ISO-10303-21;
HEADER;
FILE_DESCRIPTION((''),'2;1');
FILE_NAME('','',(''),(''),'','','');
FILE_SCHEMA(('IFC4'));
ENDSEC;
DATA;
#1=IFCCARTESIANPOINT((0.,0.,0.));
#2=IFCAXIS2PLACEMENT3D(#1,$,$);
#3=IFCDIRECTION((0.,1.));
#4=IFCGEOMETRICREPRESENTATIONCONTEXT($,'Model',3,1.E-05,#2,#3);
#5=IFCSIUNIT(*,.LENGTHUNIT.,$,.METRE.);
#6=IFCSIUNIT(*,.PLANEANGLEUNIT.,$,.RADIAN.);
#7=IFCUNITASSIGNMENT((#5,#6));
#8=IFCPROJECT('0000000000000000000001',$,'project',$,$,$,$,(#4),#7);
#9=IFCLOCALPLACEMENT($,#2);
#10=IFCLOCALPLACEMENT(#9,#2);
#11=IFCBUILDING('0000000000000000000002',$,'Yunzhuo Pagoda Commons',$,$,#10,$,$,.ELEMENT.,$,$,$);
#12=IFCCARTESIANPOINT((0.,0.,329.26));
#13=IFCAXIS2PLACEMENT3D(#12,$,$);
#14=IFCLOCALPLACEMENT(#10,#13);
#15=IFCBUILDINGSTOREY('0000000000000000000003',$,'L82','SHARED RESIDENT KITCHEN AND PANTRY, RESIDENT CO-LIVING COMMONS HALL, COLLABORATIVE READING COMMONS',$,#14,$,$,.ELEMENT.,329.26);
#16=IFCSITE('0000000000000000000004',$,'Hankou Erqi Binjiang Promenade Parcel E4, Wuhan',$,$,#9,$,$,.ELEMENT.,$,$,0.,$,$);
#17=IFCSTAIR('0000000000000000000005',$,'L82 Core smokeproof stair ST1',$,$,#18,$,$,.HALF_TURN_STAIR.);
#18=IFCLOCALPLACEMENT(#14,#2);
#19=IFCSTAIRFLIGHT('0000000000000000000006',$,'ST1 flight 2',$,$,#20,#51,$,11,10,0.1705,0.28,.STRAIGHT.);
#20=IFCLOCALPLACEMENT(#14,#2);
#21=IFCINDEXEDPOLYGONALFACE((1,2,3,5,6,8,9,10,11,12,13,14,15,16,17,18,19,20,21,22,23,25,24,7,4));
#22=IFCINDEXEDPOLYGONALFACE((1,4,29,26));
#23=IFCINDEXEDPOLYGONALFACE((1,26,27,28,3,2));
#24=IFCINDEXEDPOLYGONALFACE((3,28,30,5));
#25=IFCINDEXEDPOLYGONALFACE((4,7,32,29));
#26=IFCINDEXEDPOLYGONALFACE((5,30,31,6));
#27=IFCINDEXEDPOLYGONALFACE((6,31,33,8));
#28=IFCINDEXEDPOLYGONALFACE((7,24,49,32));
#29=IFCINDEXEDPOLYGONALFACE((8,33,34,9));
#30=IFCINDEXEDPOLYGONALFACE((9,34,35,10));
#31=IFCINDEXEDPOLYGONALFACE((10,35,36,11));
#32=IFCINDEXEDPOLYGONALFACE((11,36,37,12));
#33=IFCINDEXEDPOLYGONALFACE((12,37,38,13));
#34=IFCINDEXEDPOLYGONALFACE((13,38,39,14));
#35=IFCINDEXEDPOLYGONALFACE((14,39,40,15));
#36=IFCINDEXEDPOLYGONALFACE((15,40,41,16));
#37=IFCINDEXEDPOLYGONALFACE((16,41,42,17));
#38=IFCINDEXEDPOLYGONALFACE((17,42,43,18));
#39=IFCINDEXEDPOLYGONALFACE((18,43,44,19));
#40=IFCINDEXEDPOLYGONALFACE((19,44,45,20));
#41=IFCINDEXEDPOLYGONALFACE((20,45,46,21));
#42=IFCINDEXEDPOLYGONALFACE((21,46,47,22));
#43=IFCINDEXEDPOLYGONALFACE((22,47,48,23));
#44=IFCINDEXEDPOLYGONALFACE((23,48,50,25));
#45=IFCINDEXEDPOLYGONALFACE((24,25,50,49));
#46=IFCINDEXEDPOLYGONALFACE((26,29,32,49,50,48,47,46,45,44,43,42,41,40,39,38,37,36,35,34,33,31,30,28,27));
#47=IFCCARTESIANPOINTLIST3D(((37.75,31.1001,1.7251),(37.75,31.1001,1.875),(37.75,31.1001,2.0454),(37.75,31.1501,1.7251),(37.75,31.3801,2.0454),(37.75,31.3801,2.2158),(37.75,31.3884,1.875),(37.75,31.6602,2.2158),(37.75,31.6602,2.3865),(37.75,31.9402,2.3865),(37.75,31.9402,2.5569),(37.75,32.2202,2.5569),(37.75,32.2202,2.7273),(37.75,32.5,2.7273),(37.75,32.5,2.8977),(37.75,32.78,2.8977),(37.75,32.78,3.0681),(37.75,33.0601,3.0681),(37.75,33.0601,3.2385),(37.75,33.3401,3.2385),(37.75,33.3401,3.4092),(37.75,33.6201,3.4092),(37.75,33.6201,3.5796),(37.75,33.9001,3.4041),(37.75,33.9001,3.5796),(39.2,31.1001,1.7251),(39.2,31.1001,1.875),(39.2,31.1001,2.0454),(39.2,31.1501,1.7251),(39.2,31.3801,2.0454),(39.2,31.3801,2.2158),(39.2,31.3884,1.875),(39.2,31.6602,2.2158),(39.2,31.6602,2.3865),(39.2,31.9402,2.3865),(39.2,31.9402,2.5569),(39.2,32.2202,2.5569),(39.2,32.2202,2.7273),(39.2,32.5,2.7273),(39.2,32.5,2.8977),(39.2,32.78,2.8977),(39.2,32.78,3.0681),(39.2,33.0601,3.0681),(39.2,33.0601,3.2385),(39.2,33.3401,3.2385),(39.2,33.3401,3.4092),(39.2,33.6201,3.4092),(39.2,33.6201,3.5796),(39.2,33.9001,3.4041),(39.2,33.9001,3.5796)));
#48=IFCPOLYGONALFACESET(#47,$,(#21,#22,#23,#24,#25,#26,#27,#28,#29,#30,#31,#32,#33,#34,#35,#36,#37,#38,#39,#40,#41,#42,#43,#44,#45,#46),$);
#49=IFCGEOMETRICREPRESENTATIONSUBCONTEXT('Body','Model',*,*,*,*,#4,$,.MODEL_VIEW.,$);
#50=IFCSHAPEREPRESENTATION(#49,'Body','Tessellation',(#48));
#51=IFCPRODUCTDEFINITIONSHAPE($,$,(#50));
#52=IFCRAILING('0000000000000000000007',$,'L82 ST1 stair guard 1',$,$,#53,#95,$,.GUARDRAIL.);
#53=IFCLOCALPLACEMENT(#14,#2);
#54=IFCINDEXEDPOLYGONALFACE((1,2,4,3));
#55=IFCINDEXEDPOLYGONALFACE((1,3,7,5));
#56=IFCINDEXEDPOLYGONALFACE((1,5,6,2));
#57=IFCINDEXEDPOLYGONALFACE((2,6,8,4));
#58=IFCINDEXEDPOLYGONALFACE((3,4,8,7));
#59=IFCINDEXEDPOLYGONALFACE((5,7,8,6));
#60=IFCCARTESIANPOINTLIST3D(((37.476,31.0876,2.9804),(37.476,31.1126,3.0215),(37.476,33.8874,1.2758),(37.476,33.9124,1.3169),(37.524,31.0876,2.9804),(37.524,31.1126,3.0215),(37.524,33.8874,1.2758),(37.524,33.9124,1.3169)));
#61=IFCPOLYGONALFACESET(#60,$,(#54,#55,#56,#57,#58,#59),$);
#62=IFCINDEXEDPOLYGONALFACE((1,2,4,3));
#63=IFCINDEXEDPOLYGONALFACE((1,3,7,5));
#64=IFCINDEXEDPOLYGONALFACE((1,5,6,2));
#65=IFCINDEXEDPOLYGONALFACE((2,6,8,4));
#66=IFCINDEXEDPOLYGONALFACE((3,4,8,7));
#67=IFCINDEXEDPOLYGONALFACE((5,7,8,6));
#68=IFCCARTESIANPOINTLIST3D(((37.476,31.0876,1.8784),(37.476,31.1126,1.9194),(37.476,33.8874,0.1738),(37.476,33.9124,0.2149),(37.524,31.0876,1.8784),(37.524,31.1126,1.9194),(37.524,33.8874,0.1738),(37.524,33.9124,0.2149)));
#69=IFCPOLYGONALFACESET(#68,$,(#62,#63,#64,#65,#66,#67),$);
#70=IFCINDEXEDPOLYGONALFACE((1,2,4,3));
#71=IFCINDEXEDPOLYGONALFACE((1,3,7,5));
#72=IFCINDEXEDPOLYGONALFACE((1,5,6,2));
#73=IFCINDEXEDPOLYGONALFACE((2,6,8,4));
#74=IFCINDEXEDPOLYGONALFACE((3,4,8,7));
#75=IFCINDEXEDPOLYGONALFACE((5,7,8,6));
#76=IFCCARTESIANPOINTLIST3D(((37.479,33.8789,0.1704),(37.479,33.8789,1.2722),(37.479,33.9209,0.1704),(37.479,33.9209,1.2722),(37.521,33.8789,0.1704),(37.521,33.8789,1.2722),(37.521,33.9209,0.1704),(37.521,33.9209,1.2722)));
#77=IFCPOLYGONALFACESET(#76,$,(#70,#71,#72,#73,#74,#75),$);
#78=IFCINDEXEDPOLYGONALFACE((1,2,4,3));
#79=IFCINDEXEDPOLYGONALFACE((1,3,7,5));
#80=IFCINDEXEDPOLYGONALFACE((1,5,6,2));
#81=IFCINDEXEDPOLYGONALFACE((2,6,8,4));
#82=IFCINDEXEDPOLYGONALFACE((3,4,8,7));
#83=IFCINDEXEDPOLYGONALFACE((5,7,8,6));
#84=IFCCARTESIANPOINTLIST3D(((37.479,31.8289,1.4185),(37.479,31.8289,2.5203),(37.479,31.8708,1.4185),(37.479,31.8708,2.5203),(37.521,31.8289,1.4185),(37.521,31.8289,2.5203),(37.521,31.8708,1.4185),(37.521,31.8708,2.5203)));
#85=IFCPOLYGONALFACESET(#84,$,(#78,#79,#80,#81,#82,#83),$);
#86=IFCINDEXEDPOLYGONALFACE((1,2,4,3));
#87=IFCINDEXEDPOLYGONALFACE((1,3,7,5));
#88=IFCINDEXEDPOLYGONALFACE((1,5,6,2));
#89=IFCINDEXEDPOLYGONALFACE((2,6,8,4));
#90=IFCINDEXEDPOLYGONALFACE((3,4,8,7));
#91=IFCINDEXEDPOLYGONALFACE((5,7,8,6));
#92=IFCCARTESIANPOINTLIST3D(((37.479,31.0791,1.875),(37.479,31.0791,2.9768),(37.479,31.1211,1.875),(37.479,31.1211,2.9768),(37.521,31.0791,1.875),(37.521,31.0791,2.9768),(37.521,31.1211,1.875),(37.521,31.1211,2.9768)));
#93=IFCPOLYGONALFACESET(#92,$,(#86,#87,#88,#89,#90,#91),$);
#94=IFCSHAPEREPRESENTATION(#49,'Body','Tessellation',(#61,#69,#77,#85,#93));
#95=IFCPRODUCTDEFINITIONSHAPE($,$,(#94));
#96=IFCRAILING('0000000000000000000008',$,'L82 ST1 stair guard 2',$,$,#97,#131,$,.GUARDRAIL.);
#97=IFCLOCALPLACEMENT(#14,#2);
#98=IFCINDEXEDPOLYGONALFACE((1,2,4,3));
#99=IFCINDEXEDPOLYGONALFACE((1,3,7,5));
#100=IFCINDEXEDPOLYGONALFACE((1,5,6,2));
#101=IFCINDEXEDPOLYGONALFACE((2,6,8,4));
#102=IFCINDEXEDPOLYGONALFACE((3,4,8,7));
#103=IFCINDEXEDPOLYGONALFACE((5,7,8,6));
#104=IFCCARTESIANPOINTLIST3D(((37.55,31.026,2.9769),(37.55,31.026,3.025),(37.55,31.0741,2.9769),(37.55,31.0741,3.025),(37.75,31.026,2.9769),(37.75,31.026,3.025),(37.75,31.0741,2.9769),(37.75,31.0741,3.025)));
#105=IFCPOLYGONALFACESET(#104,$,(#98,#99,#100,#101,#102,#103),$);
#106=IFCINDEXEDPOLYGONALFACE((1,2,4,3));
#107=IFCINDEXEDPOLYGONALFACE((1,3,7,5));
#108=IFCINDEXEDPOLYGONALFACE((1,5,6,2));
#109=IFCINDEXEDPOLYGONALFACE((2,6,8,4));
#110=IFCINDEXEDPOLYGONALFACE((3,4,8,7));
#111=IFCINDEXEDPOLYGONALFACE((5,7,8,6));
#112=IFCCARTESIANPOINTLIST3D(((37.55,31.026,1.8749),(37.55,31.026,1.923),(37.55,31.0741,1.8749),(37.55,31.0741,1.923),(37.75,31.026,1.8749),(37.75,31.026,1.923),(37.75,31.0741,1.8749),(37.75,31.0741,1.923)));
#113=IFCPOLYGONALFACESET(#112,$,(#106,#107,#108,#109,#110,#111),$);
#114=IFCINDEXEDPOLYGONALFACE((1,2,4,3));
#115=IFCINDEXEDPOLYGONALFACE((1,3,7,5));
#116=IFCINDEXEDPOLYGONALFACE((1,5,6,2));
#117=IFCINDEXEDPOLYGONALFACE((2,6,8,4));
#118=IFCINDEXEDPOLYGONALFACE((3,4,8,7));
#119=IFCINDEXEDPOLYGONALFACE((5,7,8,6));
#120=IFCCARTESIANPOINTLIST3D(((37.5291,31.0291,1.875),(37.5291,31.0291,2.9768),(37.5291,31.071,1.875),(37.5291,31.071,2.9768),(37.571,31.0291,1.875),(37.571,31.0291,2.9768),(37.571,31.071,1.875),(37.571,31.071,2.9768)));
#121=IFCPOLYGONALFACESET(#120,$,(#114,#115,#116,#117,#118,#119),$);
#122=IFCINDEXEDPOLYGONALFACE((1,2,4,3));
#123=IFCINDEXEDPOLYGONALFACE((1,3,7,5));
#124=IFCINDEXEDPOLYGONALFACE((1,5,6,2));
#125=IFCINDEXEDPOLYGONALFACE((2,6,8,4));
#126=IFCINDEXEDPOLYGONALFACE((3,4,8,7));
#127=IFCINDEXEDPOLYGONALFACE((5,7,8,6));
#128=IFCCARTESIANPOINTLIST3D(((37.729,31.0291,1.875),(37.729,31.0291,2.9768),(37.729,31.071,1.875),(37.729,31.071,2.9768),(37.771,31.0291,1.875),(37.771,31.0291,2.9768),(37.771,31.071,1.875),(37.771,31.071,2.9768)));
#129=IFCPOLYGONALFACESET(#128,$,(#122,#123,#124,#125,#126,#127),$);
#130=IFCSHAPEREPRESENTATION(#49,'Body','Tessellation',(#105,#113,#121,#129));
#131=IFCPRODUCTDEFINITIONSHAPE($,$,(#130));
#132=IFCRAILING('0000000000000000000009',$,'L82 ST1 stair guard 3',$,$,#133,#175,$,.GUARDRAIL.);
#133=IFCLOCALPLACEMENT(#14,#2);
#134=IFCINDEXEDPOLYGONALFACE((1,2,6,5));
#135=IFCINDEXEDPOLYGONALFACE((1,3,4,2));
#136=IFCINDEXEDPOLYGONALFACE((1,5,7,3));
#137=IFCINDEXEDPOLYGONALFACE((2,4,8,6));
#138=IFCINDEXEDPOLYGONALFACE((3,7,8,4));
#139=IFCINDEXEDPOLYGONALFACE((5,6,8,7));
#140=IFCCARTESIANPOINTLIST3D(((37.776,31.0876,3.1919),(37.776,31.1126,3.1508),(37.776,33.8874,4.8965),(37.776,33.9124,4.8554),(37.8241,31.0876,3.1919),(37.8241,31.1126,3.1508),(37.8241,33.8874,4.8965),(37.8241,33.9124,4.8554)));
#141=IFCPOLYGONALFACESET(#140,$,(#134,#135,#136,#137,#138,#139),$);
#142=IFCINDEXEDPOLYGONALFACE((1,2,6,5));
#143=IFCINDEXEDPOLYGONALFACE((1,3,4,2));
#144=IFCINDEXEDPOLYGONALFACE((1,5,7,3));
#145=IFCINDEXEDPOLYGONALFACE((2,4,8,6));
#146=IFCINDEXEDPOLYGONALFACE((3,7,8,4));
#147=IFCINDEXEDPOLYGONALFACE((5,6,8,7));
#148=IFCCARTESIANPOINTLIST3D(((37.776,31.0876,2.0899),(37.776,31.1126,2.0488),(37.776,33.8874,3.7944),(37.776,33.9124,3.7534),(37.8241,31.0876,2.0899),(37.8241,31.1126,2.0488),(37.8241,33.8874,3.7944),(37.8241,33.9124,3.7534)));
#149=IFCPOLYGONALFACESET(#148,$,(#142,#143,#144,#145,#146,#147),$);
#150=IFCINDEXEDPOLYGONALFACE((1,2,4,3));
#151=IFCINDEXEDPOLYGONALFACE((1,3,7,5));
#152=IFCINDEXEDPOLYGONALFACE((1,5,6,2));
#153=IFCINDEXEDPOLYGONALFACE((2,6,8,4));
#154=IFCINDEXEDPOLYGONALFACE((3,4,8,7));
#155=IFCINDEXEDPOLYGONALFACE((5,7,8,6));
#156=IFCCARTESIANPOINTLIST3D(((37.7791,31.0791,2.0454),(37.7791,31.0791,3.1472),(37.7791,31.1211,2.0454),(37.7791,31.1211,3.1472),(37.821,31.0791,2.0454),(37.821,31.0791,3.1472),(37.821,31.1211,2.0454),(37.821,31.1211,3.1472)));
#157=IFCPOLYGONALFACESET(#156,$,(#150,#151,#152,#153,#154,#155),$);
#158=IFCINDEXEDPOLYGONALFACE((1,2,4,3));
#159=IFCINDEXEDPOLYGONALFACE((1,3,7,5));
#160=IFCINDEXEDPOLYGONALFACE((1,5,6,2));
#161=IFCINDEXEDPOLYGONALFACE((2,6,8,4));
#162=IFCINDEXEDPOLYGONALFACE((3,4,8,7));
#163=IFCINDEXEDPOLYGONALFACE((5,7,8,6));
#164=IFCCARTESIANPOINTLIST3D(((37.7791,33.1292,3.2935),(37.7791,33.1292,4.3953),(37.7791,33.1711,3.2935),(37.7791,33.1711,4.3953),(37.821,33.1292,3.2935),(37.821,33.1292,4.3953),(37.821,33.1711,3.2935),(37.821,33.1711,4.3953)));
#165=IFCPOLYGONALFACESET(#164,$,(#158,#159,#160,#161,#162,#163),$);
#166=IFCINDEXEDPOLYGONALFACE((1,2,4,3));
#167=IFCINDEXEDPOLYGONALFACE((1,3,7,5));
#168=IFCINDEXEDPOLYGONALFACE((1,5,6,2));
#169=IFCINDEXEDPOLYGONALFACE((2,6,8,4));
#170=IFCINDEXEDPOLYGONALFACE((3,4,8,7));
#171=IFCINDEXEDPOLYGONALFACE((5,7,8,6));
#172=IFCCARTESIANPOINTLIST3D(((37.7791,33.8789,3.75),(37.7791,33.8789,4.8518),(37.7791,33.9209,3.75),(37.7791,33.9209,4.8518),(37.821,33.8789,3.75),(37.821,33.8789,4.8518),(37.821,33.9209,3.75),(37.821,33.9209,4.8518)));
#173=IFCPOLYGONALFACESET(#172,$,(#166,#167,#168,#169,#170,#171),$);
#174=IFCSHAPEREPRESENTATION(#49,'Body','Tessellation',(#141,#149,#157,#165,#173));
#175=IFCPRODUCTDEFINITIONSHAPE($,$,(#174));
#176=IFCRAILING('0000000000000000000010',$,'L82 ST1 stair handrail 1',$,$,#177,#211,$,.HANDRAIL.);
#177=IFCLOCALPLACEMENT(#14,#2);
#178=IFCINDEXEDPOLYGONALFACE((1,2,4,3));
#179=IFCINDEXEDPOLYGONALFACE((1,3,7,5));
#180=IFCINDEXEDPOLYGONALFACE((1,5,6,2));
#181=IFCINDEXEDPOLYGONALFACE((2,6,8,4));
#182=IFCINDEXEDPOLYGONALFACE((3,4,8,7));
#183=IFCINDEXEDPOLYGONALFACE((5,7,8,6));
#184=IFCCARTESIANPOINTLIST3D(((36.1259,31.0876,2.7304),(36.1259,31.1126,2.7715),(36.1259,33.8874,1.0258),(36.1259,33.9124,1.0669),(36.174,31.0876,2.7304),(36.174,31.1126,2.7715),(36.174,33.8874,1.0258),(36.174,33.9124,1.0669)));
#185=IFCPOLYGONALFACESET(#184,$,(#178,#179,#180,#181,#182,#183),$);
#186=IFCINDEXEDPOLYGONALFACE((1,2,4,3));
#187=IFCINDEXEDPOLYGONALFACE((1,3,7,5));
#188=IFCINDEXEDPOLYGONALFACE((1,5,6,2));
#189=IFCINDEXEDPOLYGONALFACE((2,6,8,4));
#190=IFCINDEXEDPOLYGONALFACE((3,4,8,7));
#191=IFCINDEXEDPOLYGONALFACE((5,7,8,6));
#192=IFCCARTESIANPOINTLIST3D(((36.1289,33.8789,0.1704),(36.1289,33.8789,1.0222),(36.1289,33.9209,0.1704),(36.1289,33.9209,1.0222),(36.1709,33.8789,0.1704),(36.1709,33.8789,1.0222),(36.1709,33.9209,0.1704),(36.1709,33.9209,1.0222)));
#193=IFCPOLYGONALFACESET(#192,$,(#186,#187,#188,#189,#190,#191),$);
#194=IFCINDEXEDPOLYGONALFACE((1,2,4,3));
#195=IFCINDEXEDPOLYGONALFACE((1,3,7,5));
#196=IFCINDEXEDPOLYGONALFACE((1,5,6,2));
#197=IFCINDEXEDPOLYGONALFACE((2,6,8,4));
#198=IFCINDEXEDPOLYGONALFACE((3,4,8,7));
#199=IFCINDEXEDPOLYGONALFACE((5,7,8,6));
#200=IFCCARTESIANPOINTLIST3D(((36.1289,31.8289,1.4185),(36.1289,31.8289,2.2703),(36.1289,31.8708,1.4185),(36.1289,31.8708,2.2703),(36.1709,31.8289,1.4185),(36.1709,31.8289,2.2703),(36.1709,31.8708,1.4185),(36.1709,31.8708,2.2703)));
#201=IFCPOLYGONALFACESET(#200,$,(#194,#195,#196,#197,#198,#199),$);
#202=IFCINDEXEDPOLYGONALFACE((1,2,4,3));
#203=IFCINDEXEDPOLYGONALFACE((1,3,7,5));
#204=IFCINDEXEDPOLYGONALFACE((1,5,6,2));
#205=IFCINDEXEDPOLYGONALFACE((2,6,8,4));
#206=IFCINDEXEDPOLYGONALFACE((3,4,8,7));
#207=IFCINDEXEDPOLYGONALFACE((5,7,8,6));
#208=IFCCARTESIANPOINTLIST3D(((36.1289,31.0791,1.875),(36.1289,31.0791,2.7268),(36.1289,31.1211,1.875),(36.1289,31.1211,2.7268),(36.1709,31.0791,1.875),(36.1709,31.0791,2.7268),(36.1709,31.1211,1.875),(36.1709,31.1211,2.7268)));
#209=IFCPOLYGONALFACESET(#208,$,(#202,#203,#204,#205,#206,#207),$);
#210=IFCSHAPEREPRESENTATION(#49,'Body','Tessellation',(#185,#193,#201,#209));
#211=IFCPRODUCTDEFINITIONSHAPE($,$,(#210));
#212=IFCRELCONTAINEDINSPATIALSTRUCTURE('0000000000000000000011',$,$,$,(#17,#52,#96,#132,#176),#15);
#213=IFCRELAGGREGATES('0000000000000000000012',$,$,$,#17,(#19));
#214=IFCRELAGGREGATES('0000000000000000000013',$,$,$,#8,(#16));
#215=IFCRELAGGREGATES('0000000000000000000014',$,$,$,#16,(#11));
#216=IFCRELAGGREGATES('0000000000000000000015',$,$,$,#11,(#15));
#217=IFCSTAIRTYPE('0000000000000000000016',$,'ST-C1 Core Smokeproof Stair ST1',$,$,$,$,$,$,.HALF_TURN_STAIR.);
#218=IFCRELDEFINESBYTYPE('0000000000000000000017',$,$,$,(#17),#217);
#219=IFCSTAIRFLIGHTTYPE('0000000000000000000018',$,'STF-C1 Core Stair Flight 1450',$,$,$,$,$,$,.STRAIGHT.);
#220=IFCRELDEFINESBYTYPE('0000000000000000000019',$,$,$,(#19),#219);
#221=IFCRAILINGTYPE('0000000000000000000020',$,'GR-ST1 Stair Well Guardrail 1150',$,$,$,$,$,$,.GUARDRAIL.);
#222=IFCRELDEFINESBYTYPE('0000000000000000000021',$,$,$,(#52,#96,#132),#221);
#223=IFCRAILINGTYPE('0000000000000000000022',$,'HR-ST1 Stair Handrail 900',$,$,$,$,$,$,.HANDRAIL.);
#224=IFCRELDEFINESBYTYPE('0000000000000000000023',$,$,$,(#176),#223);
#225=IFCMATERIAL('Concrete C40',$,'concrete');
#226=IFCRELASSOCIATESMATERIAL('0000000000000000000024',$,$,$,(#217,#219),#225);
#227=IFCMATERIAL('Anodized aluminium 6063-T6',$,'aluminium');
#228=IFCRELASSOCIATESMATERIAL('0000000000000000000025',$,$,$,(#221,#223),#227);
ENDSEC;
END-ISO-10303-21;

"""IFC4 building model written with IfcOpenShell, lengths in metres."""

from ifc_helpers import new_model, si_unit, direction, frame, origin, origin_2d, place, context, subcontext, project, spatial, polyline, rectangle, outline, extrude, source, transform, mapped, material, type_object, element, aggregate, save


model = new_model("IFC4")

# Units and contexts
model_context = context("Model", 3, precision=1e-05, world=origin(), true_north=direction((0.0, 1.0)))
body_context = subcontext(model_context, "Body", "Model", "MODEL_VIEW")
ifc_project = project(units=[si_unit("LENGTHUNIT", "METRE"), si_unit("PLANEANGLEUNIT", "RADIAN")], contexts=[model_context])

# Site, building, storey
site_placement = place(None, origin())
site = spatial("IfcSite", under=ifc_project, at=site_placement, Name="Hankou Erqi Binjiang Promenade Parcel E4, Wuhan", CompositionType="ELEMENT", RefElevation=0.0)
building_placement = place(site_placement, origin())
building = spatial("IfcBuilding", under=site, at=building_placement, Name="Yunzhuo Pagoda Commons", CompositionType="ELEMENT")
storey_placement = place(building_placement, frame((0.0, 0.0, 329.26)))
storey = spatial("IfcBuildingStorey", under=building, at=storey_placement, Name="L82", Description="SHARED RESIDENT KITCHEN AND PANTRY, RESIDENT CO-LIVING COMMONS HALL, COLLABORATIVE READING COMMONS", CompositionType="ELEMENT", Elevation=329.26)

# Shared definitions
ifc_material_1 = material(Name="Anodized aluminium 6063-T6", Category="aluminium")

# Stair, stair flight
ifc_material_2 = material(Name="Concrete C40", Category="concrete")
stair_type = type_object("IfcStairType", Name="ST-C1 Core Smokeproof Stair ST1", PredefinedType="HALF_TURN_STAIR", material=ifc_material_2)
stair_placement = place(storey_placement, origin())
stair = element("IfcStair", 1, at=stair_placement, inside=storey, type_object=stair_type, Name="L82 Core smokeproof stair ST1", PredefinedType="HALF_TURN_STAIR")
stair_flight_type = type_object("IfcStairFlightType", Name="STF-C1 Core Stair Flight 1450", PredefinedType="STRAIGHT", material=ifc_material_2)
shared_shape_1 = source(origin(), body_context, "Body", "SweptSolid", [
    extrude(outline(polyline([(0.0, -0.1499), (0.0, 0.0), (0.0, 0.1704), (0.28, 0.1704), (0.28, 0.3408), (0.5601, 0.3408), (0.5601, 0.5115), (0.8401, 0.5115), (0.8401, 0.6819), (1.1201, 0.6819), (1.1201, 0.8523), (1.3999, 0.8523), (1.3999, 1.0227), (1.6799, 1.0227), (1.6799, 1.1931), (1.96, 1.1931), (1.96, 1.3635), (2.24, 1.3635), (2.24, 1.5342), (2.52, 1.5342), (2.52, 1.7046), (2.8, 1.7046), (2.8, 1.875), (2.8, 1.5291), (0.2883, 0.0), (0.05, -0.1499), (0.0, -0.1499)])), frame((0.0, 0.7251, 0.0), z_axis=(0.0, -1.0, 0.0), x_axis=(1.0, 0.0, 0.0)), (0.0, 0.0, 1.0), 1.45),
])
stair_flight_1_placement = place(storey_placement, frame((38.4751, 31.1001, 1.875), z_axis=(0.0, 0.0, 1.0), x_axis=(0.0, 1.0, 0.0)))
stair_flight_1 = element("IfcStairFlight", 2, at=stair_flight_1_placement, type_object=stair_flight_type, Name="ST1 flight 2", NumberOfRisers=11, NumberOfTreads=10, PredefinedType="STRAIGHT", RiserHeight=0.1705, TreadLength=0.28, context=body_context, shape_type="MappedRepresentation", body=[
    mapped(shared_shape_1, transform((0.0, 0.0, 0.0), scale=1.0)),
])
aggregate(stair, [stair_flight_1])

# Railings
railing_type_1 = type_object("IfcRailingType", Name="GR-ST1 Stair Well Guardrail 1150", PredefinedType="GUARDRAIL", material=ifc_material_1)
railing_1_placement = place(storey_placement, frame((37.5, 33.8999, 0.1704)))
element("IfcRailing", 3, at=railing_1_placement, inside=storey, type_object=railing_type_1, Name="L82 ST1 stair guard 1", PredefinedType="GUARDRAIL", context=body_context, shape_type="SweptSolid", body=[
    extrude(rectangle(XDim=0.0481, YDim=0.0481, at=origin_2d()), frame((0.0, 0.0, 1.126), z_axis=(0.0, -0.85415, 0.520027), x_axis=(1.0, 0.0, 0.0)), (0.0, 0.0, 1.0), 3.2778),
    extrude(rectangle(XDim=0.0481, YDim=0.0481, at=origin_2d()), frame((0.0, 0.0, 0.0239), z_axis=(0.0, -0.85415, 0.520027), x_axis=(1.0, 0.0, 0.0)), (0.0, 0.0, 1.0), 3.2778),
    extrude(rectangle(XDim=0.042, YDim=0.042, at=origin_2d()), origin(), (0.0, 0.0, 1.0), 1.1018),
    extrude(rectangle(XDim=0.042, YDim=0.042, at=origin_2d()), frame((0.0, -2.05, 1.248)), (0.0, 0.0, 1.0), 1.1018),
    extrude(rectangle(XDim=0.042, YDim=0.042, at=origin_2d()), frame((0.0, -2.7998, 1.7046)), (0.0, 0.0, 1.0), 1.1018),
])
railing_2_placement = place(storey_placement, frame((37.55, 31.05, 1.875)))
element("IfcRailing", 4, at=railing_2_placement, inside=storey, type_object=railing_type_1, Name="L82 ST1 stair guard 2", PredefinedType="GUARDRAIL", context=body_context, shape_type="SweptSolid", body=[
    extrude(rectangle(XDim=0.0481, YDim=0.0481, at=origin_2d()), frame((0.0, 0.0, 1.126), z_axis=(1.0, 0.0, 0.0), x_axis=(0.0, 1.0, 0.0)), (0.0, 0.0, 1.0), 0.2),
    extrude(rectangle(XDim=0.0481, YDim=0.0481, at=origin_2d()), frame((0.0, 0.0, 0.0239), z_axis=(1.0, 0.0, 0.0), x_axis=(0.0, 1.0, 0.0)), (0.0, 0.0, 1.0), 0.2),
    extrude(rectangle(XDim=0.042, YDim=0.042, at=origin_2d()), origin(), (0.0, 0.0, 1.0), 1.1018),
    extrude(rectangle(XDim=0.042, YDim=0.042, at=origin_2d()), frame((0.2, 0.0, 0.0)), (0.0, 0.0, 1.0), 1.1018),
])
railing_3_placement = place(storey_placement, frame((37.8, 31.1001, 2.0454)))
element("IfcRailing", 5, at=railing_3_placement, inside=storey, type_object=railing_type_1, Name="L82 ST1 stair guard 3", PredefinedType="GUARDRAIL", context=body_context, shape_type="SweptSolid", body=[
    extrude(rectangle(XDim=0.0481, YDim=0.0481, at=origin_2d()), frame((0.0, 0.0, 1.126), z_axis=(0.0, 0.85415, 0.520027), x_axis=(-1.0, 0.0, 0.0)), (0.0, 0.0, 1.0), 3.2778),
    extrude(rectangle(XDim=0.0481, YDim=0.0481, at=origin_2d()), frame((0.0, 0.0, 0.0239), z_axis=(0.0, 0.85415, 0.520027), x_axis=(-1.0, 0.0, 0.0)), (0.0, 0.0, 1.0), 3.2778),
    extrude(rectangle(XDim=0.042, YDim=0.042, at=origin_2d()), origin(), (0.0, 0.0, 1.0), 1.1018),
    extrude(rectangle(XDim=0.042, YDim=0.042, at=origin_2d()), frame((0.0, 2.05, 1.248)), (0.0, 0.0, 1.0), 1.1018),
    extrude(rectangle(XDim=0.042, YDim=0.042, at=origin_2d()), frame((0.0, 2.7998, 1.7046)), (0.0, 0.0, 1.0), 1.1018),
])
railing_type_2 = type_object("IfcRailingType", Name="HR-ST1 Stair Handrail 900", PredefinedType="HANDRAIL", material=ifc_material_1)
railing_4_placement = place(storey_placement, frame((36.1499, 33.8999, 0.1704)))
element("IfcRailing", 6, at=railing_4_placement, inside=storey, type_object=railing_type_2, Name="L82 ST1 stair handrail 1", PredefinedType="HANDRAIL", context=body_context, shape_type="SweptSolid", body=[
    extrude(rectangle(XDim=0.0481, YDim=0.0481, at=origin_2d()), frame((0.0, 0.0, 0.876), z_axis=(0.0, -0.85415, 0.520027), x_axis=(1.0, 0.0, 0.0)), (0.0, 0.0, 1.0), 3.2778),
    extrude(rectangle(XDim=0.042, YDim=0.042, at=origin_2d()), origin(), (0.0, 0.0, 1.0), 0.8518),
    extrude(rectangle(XDim=0.042, YDim=0.042, at=origin_2d()), frame((0.0, -2.05, 1.248)), (0.0, 0.0, 1.0), 0.8518),
    extrude(rectangle(XDim=0.042, YDim=0.042, at=origin_2d()), frame((0.0, -2.7998, 1.7046)), (0.0, 0.0, 1.0), 0.8518),
])

save(model, "model.ifc")
